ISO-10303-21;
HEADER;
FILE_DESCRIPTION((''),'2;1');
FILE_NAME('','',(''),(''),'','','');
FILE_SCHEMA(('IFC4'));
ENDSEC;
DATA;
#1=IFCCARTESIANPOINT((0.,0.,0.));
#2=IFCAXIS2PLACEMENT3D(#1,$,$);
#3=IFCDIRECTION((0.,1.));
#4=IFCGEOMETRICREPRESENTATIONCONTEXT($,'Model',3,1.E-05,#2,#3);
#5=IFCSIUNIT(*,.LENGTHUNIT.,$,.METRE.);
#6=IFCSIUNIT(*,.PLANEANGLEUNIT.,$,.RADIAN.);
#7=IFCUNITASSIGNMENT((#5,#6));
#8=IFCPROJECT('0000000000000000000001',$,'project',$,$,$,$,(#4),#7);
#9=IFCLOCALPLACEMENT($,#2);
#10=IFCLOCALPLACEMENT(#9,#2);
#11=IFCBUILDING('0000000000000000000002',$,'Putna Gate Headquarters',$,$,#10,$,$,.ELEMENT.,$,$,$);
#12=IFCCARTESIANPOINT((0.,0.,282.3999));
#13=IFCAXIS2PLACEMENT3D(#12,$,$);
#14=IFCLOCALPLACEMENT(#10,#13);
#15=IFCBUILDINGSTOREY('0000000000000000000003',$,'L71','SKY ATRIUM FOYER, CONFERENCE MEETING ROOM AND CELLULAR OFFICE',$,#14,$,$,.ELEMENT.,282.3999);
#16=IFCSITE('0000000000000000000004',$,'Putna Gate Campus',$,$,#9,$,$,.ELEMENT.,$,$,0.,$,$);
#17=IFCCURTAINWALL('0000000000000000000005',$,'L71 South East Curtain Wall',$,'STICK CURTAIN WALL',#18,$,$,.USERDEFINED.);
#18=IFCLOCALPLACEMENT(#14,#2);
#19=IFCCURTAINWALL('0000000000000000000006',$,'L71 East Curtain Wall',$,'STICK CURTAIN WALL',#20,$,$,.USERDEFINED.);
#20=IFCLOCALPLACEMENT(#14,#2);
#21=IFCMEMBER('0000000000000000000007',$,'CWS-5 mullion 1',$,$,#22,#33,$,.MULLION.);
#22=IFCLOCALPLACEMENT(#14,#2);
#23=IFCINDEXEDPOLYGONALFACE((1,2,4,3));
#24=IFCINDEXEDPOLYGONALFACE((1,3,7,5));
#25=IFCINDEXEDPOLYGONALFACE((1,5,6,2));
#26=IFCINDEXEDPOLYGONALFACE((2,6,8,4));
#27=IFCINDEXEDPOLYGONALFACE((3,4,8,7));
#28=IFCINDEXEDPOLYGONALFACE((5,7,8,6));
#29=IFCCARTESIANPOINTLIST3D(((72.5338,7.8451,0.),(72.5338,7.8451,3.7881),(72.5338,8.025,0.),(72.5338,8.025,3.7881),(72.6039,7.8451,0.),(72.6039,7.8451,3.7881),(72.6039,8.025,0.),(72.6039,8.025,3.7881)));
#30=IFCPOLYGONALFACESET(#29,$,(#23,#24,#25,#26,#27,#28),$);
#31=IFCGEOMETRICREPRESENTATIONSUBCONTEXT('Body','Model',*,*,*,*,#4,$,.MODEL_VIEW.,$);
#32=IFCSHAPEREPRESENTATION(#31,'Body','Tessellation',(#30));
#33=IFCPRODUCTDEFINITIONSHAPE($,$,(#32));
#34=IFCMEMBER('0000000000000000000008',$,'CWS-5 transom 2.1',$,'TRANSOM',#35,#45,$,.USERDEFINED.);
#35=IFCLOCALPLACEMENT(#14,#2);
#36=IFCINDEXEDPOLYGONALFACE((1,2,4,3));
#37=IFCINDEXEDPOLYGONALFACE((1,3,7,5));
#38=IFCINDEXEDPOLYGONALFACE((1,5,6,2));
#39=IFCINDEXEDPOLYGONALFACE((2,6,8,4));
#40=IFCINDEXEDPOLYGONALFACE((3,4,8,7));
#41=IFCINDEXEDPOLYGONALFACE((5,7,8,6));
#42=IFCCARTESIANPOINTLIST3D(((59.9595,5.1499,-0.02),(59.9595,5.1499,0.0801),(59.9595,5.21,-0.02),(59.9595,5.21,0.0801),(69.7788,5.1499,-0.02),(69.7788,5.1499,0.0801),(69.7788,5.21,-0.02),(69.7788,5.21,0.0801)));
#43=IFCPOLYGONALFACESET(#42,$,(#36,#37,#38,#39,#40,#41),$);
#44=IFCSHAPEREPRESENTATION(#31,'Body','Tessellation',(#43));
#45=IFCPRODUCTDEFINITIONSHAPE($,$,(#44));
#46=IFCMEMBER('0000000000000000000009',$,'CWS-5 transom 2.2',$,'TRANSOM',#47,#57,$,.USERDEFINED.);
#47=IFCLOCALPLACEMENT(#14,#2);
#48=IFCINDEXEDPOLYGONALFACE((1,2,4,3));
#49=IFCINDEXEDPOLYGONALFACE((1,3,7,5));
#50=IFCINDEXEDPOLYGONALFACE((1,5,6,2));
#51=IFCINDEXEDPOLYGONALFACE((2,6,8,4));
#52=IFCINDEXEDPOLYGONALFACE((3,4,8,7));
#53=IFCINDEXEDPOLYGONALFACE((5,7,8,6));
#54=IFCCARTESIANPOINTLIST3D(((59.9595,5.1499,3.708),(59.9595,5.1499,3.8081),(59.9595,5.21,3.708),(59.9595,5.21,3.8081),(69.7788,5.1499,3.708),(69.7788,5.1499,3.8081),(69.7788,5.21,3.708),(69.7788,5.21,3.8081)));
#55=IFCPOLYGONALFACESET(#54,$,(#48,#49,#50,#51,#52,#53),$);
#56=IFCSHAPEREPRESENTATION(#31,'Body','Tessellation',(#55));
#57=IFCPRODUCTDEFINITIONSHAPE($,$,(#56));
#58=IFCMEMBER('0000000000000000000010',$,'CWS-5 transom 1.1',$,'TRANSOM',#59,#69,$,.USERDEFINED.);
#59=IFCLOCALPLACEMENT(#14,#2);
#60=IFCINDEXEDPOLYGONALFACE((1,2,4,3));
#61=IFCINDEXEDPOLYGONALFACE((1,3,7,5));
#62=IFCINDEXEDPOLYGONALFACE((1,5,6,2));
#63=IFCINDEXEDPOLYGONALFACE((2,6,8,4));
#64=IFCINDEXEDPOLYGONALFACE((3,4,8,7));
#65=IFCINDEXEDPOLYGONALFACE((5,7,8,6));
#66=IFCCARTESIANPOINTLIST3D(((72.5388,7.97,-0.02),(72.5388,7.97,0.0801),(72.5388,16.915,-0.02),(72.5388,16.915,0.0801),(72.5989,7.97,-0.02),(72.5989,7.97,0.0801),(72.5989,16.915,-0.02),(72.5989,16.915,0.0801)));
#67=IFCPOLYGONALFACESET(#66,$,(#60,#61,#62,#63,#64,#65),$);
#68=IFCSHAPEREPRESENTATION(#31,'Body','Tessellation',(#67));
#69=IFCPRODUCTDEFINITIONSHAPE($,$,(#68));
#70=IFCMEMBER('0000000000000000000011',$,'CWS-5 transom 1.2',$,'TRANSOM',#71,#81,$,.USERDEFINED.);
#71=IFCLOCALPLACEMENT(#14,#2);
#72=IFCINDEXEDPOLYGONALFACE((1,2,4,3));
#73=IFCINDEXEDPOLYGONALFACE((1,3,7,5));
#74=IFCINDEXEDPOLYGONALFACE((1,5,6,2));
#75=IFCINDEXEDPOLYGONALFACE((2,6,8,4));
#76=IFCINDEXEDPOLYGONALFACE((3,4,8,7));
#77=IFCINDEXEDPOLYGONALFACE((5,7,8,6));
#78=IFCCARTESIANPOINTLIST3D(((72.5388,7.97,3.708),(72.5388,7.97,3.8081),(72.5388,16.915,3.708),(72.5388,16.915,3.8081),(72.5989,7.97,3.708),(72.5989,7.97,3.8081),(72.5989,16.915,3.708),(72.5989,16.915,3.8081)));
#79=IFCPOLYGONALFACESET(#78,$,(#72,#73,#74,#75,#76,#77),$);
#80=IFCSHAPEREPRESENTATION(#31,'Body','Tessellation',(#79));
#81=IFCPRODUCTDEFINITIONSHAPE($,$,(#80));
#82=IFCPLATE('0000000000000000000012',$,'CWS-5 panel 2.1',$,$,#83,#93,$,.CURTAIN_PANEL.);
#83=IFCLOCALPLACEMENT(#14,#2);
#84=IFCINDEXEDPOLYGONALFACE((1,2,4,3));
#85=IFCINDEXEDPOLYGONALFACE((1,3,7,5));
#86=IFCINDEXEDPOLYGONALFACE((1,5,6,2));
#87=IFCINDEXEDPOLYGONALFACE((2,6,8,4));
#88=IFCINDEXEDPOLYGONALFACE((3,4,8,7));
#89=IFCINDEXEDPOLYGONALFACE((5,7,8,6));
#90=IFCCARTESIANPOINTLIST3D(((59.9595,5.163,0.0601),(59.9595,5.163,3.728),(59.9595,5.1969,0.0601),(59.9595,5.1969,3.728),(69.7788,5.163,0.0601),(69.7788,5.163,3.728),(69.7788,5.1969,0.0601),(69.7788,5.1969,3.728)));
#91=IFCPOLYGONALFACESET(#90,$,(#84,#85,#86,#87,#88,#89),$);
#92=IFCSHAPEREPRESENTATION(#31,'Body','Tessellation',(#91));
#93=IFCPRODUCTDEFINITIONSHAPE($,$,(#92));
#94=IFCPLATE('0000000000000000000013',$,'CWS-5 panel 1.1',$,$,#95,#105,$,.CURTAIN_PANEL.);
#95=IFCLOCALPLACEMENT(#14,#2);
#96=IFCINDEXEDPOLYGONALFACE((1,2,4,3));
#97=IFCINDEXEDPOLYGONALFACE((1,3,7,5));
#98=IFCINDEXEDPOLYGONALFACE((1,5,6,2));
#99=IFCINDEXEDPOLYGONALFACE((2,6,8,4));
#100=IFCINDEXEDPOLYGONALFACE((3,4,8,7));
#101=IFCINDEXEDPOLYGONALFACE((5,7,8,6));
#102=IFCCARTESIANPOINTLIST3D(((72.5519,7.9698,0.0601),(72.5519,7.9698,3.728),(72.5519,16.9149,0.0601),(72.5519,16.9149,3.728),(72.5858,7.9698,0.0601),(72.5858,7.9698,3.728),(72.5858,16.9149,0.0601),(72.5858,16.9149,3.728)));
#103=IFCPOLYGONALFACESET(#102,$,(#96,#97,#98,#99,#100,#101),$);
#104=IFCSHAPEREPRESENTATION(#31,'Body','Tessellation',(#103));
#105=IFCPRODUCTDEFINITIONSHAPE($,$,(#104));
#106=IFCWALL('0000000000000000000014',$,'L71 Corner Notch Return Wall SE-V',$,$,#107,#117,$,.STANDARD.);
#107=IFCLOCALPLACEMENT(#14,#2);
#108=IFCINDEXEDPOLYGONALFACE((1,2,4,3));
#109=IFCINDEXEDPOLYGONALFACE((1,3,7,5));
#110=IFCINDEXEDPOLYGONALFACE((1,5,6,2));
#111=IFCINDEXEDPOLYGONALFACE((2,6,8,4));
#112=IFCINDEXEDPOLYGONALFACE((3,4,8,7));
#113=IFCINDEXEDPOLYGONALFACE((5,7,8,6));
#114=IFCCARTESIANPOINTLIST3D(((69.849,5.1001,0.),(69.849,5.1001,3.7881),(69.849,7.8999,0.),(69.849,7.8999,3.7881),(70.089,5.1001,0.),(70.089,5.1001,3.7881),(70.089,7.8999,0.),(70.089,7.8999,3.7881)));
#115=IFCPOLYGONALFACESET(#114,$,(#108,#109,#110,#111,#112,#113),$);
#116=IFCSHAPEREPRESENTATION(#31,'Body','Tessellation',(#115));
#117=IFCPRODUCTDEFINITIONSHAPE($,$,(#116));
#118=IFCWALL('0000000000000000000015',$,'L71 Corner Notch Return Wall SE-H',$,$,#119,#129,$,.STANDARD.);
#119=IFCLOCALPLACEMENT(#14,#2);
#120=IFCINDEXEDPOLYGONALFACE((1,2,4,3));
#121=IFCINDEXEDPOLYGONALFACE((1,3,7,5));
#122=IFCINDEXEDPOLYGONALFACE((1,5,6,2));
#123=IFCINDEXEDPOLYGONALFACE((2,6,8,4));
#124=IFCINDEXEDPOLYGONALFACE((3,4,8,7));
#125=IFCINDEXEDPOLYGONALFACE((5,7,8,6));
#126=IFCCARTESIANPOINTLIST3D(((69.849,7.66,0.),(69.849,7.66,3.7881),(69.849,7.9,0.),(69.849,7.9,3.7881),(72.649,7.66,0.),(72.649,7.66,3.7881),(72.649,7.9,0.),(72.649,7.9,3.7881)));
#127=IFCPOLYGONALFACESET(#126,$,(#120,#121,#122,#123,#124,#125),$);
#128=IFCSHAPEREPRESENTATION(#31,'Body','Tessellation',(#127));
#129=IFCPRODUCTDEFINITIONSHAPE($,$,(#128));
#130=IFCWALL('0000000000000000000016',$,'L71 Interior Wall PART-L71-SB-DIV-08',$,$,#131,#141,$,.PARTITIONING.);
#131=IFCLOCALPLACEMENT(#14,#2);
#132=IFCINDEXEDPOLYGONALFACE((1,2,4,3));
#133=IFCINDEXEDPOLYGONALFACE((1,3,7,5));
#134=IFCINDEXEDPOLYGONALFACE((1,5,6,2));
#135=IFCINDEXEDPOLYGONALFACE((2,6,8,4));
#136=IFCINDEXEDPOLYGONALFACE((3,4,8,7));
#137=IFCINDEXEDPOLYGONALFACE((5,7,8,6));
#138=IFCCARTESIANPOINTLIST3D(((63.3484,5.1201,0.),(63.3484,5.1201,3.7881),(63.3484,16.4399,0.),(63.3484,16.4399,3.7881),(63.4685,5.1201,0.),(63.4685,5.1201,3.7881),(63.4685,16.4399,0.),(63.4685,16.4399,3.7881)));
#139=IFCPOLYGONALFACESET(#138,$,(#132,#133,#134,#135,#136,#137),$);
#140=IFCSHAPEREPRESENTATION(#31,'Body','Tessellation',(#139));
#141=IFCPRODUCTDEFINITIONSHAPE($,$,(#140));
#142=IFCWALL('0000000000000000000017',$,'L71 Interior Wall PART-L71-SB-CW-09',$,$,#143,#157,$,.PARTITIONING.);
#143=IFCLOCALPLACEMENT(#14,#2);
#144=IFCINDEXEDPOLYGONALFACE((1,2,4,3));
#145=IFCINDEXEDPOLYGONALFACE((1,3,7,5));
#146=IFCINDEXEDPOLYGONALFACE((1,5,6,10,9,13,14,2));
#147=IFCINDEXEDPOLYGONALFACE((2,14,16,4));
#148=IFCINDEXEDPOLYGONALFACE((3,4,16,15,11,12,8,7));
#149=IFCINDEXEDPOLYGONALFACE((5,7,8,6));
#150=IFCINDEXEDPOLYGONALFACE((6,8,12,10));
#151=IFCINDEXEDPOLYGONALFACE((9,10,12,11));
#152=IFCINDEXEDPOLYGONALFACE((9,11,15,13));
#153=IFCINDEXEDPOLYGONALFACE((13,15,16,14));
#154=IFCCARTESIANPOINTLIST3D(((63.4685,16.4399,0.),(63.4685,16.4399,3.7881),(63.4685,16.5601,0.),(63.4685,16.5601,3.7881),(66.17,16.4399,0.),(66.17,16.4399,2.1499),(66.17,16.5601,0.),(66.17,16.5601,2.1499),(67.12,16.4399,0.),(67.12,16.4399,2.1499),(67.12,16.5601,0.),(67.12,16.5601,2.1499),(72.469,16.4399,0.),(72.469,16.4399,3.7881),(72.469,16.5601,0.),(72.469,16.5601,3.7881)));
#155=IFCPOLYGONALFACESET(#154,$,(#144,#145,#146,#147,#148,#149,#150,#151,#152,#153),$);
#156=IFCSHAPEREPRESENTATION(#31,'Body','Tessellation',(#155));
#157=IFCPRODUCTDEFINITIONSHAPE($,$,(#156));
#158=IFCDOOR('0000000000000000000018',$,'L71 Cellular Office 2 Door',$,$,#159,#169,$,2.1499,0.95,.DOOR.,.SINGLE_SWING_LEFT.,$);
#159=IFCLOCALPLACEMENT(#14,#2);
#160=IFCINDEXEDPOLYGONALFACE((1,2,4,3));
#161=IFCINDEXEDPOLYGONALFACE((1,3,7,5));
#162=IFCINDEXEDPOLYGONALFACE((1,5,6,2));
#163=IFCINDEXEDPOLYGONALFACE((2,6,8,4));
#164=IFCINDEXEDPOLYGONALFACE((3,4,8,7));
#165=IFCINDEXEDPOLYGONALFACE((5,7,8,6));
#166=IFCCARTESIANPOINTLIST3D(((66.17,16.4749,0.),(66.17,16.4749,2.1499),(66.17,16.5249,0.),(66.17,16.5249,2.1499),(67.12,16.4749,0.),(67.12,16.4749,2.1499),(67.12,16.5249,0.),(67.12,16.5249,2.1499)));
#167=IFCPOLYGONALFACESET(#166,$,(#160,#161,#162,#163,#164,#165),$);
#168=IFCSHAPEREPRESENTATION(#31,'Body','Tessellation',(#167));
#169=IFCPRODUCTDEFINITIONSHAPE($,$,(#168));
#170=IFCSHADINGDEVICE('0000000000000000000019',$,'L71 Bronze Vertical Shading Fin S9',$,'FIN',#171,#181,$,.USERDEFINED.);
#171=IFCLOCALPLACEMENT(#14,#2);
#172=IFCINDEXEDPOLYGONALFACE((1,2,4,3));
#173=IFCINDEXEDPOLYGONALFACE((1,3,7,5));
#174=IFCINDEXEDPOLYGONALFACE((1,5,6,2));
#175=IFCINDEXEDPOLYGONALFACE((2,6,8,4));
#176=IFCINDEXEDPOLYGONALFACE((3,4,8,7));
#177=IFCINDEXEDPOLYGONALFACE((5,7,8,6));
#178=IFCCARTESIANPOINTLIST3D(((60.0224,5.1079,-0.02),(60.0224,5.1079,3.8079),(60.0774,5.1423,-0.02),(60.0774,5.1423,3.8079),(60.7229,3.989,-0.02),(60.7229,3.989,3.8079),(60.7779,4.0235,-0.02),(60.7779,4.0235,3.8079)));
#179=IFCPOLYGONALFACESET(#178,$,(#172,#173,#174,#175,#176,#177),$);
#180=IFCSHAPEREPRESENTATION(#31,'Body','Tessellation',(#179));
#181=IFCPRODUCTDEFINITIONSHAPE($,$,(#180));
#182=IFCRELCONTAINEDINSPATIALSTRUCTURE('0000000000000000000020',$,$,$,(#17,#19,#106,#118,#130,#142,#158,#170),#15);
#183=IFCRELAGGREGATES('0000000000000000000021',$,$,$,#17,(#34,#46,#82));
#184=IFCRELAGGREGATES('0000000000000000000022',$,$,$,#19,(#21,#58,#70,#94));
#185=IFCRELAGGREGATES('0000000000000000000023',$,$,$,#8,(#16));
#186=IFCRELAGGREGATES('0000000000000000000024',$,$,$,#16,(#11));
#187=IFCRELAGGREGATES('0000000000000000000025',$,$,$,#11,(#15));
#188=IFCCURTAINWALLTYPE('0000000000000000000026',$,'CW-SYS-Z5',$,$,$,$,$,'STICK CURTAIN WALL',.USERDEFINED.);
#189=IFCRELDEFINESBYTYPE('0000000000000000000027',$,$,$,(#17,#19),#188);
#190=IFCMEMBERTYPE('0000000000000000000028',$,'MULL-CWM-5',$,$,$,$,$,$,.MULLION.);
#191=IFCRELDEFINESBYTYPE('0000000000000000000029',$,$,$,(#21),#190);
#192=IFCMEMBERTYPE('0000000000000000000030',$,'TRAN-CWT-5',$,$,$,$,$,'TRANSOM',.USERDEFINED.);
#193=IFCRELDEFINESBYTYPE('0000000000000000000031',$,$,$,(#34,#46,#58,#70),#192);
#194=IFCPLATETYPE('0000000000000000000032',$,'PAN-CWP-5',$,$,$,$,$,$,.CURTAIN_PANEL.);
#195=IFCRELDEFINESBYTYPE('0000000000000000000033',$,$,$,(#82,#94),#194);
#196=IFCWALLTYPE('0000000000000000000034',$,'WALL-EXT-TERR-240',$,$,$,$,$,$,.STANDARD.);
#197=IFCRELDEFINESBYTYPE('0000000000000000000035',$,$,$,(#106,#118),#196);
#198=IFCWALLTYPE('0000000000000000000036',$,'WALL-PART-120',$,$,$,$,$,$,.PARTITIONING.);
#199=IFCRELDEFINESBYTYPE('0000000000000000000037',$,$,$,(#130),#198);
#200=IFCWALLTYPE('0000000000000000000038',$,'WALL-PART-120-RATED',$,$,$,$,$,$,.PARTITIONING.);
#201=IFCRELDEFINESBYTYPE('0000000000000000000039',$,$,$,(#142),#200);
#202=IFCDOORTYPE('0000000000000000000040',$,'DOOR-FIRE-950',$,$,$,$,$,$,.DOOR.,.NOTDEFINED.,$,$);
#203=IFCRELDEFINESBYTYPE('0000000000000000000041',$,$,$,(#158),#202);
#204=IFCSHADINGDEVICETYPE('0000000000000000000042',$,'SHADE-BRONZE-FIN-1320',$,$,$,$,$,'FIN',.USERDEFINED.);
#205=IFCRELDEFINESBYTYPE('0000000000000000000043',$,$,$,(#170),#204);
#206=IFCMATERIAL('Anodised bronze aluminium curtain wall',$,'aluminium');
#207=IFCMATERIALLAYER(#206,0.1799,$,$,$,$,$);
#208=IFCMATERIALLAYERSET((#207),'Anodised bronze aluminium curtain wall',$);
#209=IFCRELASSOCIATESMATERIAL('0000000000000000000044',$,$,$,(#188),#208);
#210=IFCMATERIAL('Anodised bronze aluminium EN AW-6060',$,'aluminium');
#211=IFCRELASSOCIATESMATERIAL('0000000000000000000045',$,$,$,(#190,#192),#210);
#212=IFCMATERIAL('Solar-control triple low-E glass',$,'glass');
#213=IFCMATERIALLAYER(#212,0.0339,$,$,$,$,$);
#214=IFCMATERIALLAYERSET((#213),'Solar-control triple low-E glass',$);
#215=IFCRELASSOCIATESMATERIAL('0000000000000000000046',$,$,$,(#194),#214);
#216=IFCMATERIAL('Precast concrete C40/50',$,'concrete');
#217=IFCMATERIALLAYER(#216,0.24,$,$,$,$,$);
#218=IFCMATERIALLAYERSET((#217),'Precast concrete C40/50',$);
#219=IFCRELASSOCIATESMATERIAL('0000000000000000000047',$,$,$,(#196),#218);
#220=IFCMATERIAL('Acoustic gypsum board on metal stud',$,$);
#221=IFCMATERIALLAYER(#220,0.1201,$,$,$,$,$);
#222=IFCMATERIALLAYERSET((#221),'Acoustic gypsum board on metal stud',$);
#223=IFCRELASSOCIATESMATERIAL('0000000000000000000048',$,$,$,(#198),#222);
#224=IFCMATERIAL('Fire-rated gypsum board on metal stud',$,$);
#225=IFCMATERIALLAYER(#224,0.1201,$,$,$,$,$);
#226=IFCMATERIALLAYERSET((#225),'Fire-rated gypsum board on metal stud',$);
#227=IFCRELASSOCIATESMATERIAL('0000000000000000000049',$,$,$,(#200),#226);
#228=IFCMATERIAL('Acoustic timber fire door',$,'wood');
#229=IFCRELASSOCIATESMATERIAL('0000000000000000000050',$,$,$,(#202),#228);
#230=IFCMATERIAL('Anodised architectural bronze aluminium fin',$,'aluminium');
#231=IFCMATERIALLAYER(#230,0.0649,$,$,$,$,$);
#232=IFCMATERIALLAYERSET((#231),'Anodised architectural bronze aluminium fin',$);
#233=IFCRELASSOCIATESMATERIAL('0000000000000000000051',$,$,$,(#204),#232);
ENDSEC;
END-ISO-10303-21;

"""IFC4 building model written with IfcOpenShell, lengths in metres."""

from ifc_helpers import new_model, si_unit, direction, frame, frame_2d, origin, origin_2d, place, context, subcontext, project, spatial, rectangle, extrude, material, layer, layer_set, material_profile, profile_set, type_object, element, fill, aggregate, save


model = new_model("IFC4")

# Units and contexts
model_context = context("Model", 3, precision=1e-05, world=origin(), true_north=direction((0.0, 1.0)))
body_context = subcontext(model_context, "Body", "Model", "MODEL_VIEW")
ifc_project = project(units=[si_unit("LENGTHUNIT", "METRE"), si_unit("PLANEANGLEUNIT", "RADIAN")], contexts=[model_context])

# Site, building, storey
site_placement = place(None, origin())
site = spatial("IfcSite", under=ifc_project, at=site_placement, Name="Putna Gate Campus", CompositionType="ELEMENT", RefElevation=0.0)
building_placement = place(site_placement, origin())
building = spatial("IfcBuilding", under=site, at=building_placement, Name="Putna Gate Headquarters", CompositionType="ELEMENT")
storey_placement = place(building_placement, frame((0.0, 0.0, 282.3999)))
storey = spatial("IfcBuildingStorey", under=building, at=storey_placement, Name="L71", Description="SKY ATRIUM FOYER, CONFERENCE MEETING ROOM AND CELLULAR OFFICE", CompositionType="ELEMENT", Elevation=282.3999)

# Curtain wall
ifc_material_1 = material(Name="Anodised bronze aluminium curtain wall", Category="aluminium")
ifc_layer_1 = layer(ifc_material_1, 0.1799)
ifc_layer_set_1 = layer_set([ifc_layer_1], Name="Anodised bronze aluminium curtain wall")
curtain_wall_type = type_object("IfcCurtainWallType", Name="CW-SYS-Z5", ElementType="STICK CURTAIN WALL", PredefinedType="USERDEFINED", material=ifc_layer_set_1)
curtain_wall_1_placement = place(storey_placement, origin())
curtain_wall_1 = element("IfcCurtainWall", 1, at=curtain_wall_1_placement, inside=storey, type_object=curtain_wall_type, Name="L71 South East Curtain Wall", ObjectType="STICK CURTAIN WALL", PredefinedType="USERDEFINED")
ifc_material_2 = material(Name="Anodised bronze aluminium EN AW-6060", Category="aluminium")
ifc_material_profile_1 = material_profile(ifc_material_2, rectangle(XDim=0.0701, YDim=0.1799, at=origin_2d()), Name="Anodised bronze aluminium EN AW-6060")
ifc_profile_set_1 = profile_set([ifc_material_profile_1], Name="Anodised bronze aluminium EN AW-6060")
member_type_1 = type_object("IfcMemberType", Name="MULL-CWM-5", PredefinedType="MULLION", material=ifc_profile_set_1)

# Curtain wall, member
curtain_wall_2_placement = place(storey_placement, origin())
curtain_wall_2 = element("IfcCurtainWall", 2, at=curtain_wall_2_placement, inside=storey, type_object=curtain_wall_type, Name="L71 East Curtain Wall", ObjectType="STICK CURTAIN WALL", PredefinedType="USERDEFINED")
member_1_placement = place(storey_placement, frame((72.5688, 7.9351, 0.0), z_axis=(0.0, 0.0, 1.0), x_axis=(-1.0, 0.0, 0.0)))
member_1 = element("IfcMember", 3, at=member_1_placement, type_object=member_type_1, Name="CWS-5 mullion 1", PredefinedType="MULLION", context=body_context, shape_type="SweptSolid", body=[
    extrude(rectangle(XDim=0.0701, YDim=0.1799, at=origin_2d()), origin(), (0.0, 0.0, 1.0), 3.7881),
])

# Members
ifc_material_profile_2 = material_profile(ifc_material_2, rectangle(XDim=0.0601, YDim=0.1001, at=origin_2d()), Name="Anodised bronze aluminium EN AW-6060")
ifc_profile_set_2 = profile_set([ifc_material_profile_2], Name="Anodised bronze aluminium EN AW-6060")
member_type_2 = type_object("IfcMemberType", Name="TRAN-CWT-5", ElementType="TRANSOM", PredefinedType="USERDEFINED", material=ifc_profile_set_2)
member_2_placement = place(storey_placement, frame((59.9595, 5.1799, 0.03), z_axis=(1.0, 0.0, 0.0), x_axis=(0.0, 1.0, 0.0)))
member_2 = element("IfcMember", 4, at=member_2_placement, type_object=member_type_2, Name="CWS-5 transom 2.1", ObjectType="TRANSOM", PredefinedType="USERDEFINED", context=body_context, shape_type="SweptSolid", body=[
    extrude(rectangle(XDim=0.0601, YDim=0.1001, at=origin_2d()), origin(), (0.0, 0.0, 1.0), 9.8193),
])
member_3_placement = place(storey_placement, frame((59.9595, 5.1799, 3.7581), z_axis=(1.0, 0.0, 0.0), x_axis=(0.0, 1.0, 0.0)))
member_3 = element("IfcMember", 5, at=member_3_placement, type_object=member_type_2, Name="CWS-5 transom 2.2", ObjectType="TRANSOM", PredefinedType="USERDEFINED", context=body_context, shape_type="SweptSolid", body=[
    extrude(rectangle(XDim=0.0601, YDim=0.1001, at=origin_2d()), origin(), (0.0, 0.0, 1.0), 9.8193),
])
member_4_placement = place(storey_placement, frame((72.5688, 7.97, 0.03), z_axis=(0.0, 1.0, 0.0), x_axis=(-1.0, 0.0, 0.0)))
member_4 = element("IfcMember", 6, at=member_4_placement, type_object=member_type_2, Name="CWS-5 transom 1.1", ObjectType="TRANSOM", PredefinedType="USERDEFINED", context=body_context, shape_type="SweptSolid", body=[
    extrude(rectangle(XDim=0.0601, YDim=0.1001, at=origin_2d()), origin(), (0.0, 0.0, 1.0), 8.9451),
])
member_5_placement = place(storey_placement, frame((72.5688, 7.97, 3.7581), z_axis=(0.0, 1.0, 0.0), x_axis=(-1.0, 0.0, 0.0)))
member_5 = element("IfcMember", 7, at=member_5_placement, type_object=member_type_2, Name="CWS-5 transom 1.2", ObjectType="TRANSOM", PredefinedType="USERDEFINED", context=body_context, shape_type="SweptSolid", body=[
    extrude(rectangle(XDim=0.0601, YDim=0.1001, at=origin_2d()), origin(), (0.0, 0.0, 1.0), 8.9451),
])

# Plates
ifc_material_3 = material(Name="Solar-control triple low-E glass", Category="glass")
ifc_layer_2 = layer(ifc_material_3, 0.0339)
ifc_layer_set_2 = layer_set([ifc_layer_2], Name="Solar-control triple low-E glass")
plate_type = type_object("IfcPlateType", Name="PAN-CWP-5", PredefinedType="CURTAIN_PANEL", material=ifc_layer_set_2)
plate_1_placement = place(storey_placement, frame((64.8691, 5.1799, 0.0601), z_axis=(0.0, 0.0, 1.0), x_axis=(1.0, 0.0, 0.0)))
plate_1 = element("IfcPlate", 8, at=plate_1_placement, type_object=plate_type, Name="CWS-5 panel 2.1", PredefinedType="CURTAIN_PANEL", context=body_context, shape_type="SweptSolid", body=[
    extrude(rectangle(XDim=9.8193, YDim=0.0339, at=origin_2d()), origin(), (0.0, 0.0, 1.0), 3.668),
])
aggregate(curtain_wall_1, [member_2, member_3, plate_1])
plate_2_placement = place(storey_placement, frame((72.5688, 12.4424, 0.0601), z_axis=(0.0, 0.0, 1.0), x_axis=(0.0, 1.0, 0.0)))
plate_2 = element("IfcPlate", 9, at=plate_2_placement, type_object=plate_type, Name="CWS-5 panel 1.1", PredefinedType="CURTAIN_PANEL", context=body_context, shape_type="SweptSolid", body=[
    extrude(rectangle(XDim=8.9451, YDim=0.0339, at=origin_2d()), origin(), (0.0, 0.0, 1.0), 3.668),
])
aggregate(curtain_wall_2, [member_1, member_4, member_5, plate_2])

# Walls
ifc_material_4 = material(Name="Precast concrete C40/50", Category="concrete")
ifc_layer_3 = layer(ifc_material_4, 0.24)
ifc_layer_set_3 = layer_set([ifc_layer_3], Name="Precast concrete C40/50")
wall_type_1 = type_object("IfcWallType", Name="WALL-EXT-TERR-240", PredefinedType="STANDARD", material=ifc_layer_set_3)
wall_1_placement = place(storey_placement, frame((69.969, 7.8999, 0.0), z_axis=(0.0, 0.0, 1.0), x_axis=(0.0, -1.0, 0.0)))
element("IfcWall", 10, at=wall_1_placement, inside=storey, type_object=wall_type_1, Name="L71 Corner Notch Return Wall SE-V", PredefinedType="STANDARD", context=body_context, shape_type="SweptSolid", body=[
    extrude(rectangle(XDim=2.7998, YDim=0.24, at=frame_2d((1.3999, 0.0))), origin(), (0.0, 0.0, 1.0), 3.7881),
])
wall_2_placement = place(storey_placement, frame((72.6489, 7.78, 0.0), z_axis=(0.0, 0.0, 1.0), x_axis=(-1.0, 0.0, 0.0)))
element("IfcWall", 11, at=wall_2_placement, inside=storey, type_object=wall_type_1, Name="L71 Corner Notch Return Wall SE-H", PredefinedType="STANDARD", context=body_context, shape_type="SweptSolid", body=[
    extrude(rectangle(XDim=2.8, YDim=0.24, at=frame_2d((1.3999, 0.0))), origin(), (0.0, 0.0, 1.0), 3.7881),
])
ifc_material_5 = material(Name="Acoustic gypsum board on metal stud")
ifc_layer_4 = layer(ifc_material_5, 0.1201)
ifc_layer_set_4 = layer_set([ifc_layer_4], Name="Acoustic gypsum board on metal stud")
wall_type_2 = type_object("IfcWallType", Name="WALL-PART-120", PredefinedType="PARTITIONING", material=ifc_layer_set_4)
wall_3_placement = place(storey_placement, frame((63.4084, 5.1201, 0.0), z_axis=(0.0, 0.0, 1.0), x_axis=(0.0, 1.0, 0.0)))
element("IfcWall", 12, at=wall_3_placement, inside=storey, type_object=wall_type_2, Name="L71 Interior Wall PART-L71-SB-DIV-08", PredefinedType="PARTITIONING", context=body_context, shape_type="SweptSolid", body=[
    extrude(rectangle(XDim=11.3198, YDim=0.1201, at=frame_2d((5.6599, 0.0))), origin(), (0.0, 0.0, 1.0), 3.7881),
])

# Wall, opening, door
ifc_material_6 = material(Name="Fire-rated gypsum board on metal stud")
ifc_layer_5 = layer(ifc_material_6, 0.1201)
ifc_layer_set_5 = layer_set([ifc_layer_5], Name="Fire-rated gypsum board on metal stud")
wall_type_3 = type_object("IfcWallType", Name="WALL-PART-120-RATED", PredefinedType="PARTITIONING", material=ifc_layer_set_5)
wall_4_placement = place(storey_placement, frame((63.4685, 16.5, 0.0), z_axis=(0.0, 0.0, 1.0), x_axis=(1.0, 0.0, 0.0)))
wall_4 = element("IfcWall", 13, at=wall_4_placement, inside=storey, type_object=wall_type_3, Name="L71 Interior Wall PART-L71-SB-CW-09", PredefinedType="PARTITIONING", context=body_context, shape_type="SweptSolid", body=[
    extrude(rectangle(XDim=9.0005, YDim=0.1201, at=frame_2d((4.5002, 0.0))), origin(), (0.0, 0.0, 1.0), 3.7881),
])
opening_placement = place(wall_4_placement, frame((2.7014, 0.0, 0.0)))
opening = element("IfcOpeningElement", 14, at=opening_placement, cuts=wall_4, PredefinedType="OPENING", context=body_context, shape_type="SweptSolid", body=[
    extrude(rectangle(XDim=0.95, YDim=2.1499, at=frame_2d((0.4751, 1.075))), frame((0.0, 0.0701, 0.0), z_axis=(0.0, -1.0, 0.0), x_axis=(1.0, 0.0, 0.0)), (0.0, 0.0, 1.0), 0.1401),
])
ifc_material_7 = material(Name="Acoustic timber fire door", Category="wood")
door_type = type_object("IfcDoorType", Name="DOOR-FIRE-950", OperationType="NOTDEFINED", PredefinedType="DOOR", material=ifc_material_7)
door_placement = place(opening_placement, origin())
door = element("IfcDoor", 15, at=door_placement, inside=storey, type_object=door_type, Name="L71 Cellular Office 2 Door", OperationType="SINGLE_SWING_LEFT", OverallHeight=2.1499, OverallWidth=0.95, PredefinedType="DOOR", context=body_context, shape_type="SweptSolid", body=[
    extrude(rectangle(XDim=0.95, YDim=2.1499, at=frame_2d((0.4751, 1.075))), frame((0.0, 0.0249, 0.0), z_axis=(0.0, -1.0, 0.0), x_axis=(1.0, 0.0, 0.0)), (0.0, 0.0, 1.0), 0.05),
])
fill(opening, door)

# Shading device
ifc_material_8 = material(Name="Anodised architectural bronze aluminium fin", Category="aluminium")
ifc_layer_6 = layer(ifc_material_8, 0.0649)
ifc_layer_set_6 = layer_set([ifc_layer_6], Name="Anodised architectural bronze aluminium fin")
shading_device_type = type_object("IfcShadingDeviceType", Name="SHADE-BRONZE-FIN-1320", ElementType="FIN", PredefinedType="USERDEFINED", material=ifc_layer_set_6)
for number, where, z_axis, x_axis, name in (
    (16, (60.4001, 4.5657, -0.02), (0.0, 0.0, 1.0), (0.530659, -0.847585, 0.0), "L71 Bronze Vertical Shading Fin S9"),
):
    element("IfcShadingDevice", number, at=place(storey_placement, frame(where, z_axis=z_axis, x_axis=x_axis)), inside=storey, type_object=shading_device_type, Name=name, ObjectType="FIN", PredefinedType="USERDEFINED", context=body_context, shape_type="SweptSolid", body=[
        extrude(rectangle(XDim=1.3201, YDim=0.0649, at=origin_2d()), origin(), (0.0, 0.0, 1.0), 3.8279),
    ])

save(model, "model.ifc")
